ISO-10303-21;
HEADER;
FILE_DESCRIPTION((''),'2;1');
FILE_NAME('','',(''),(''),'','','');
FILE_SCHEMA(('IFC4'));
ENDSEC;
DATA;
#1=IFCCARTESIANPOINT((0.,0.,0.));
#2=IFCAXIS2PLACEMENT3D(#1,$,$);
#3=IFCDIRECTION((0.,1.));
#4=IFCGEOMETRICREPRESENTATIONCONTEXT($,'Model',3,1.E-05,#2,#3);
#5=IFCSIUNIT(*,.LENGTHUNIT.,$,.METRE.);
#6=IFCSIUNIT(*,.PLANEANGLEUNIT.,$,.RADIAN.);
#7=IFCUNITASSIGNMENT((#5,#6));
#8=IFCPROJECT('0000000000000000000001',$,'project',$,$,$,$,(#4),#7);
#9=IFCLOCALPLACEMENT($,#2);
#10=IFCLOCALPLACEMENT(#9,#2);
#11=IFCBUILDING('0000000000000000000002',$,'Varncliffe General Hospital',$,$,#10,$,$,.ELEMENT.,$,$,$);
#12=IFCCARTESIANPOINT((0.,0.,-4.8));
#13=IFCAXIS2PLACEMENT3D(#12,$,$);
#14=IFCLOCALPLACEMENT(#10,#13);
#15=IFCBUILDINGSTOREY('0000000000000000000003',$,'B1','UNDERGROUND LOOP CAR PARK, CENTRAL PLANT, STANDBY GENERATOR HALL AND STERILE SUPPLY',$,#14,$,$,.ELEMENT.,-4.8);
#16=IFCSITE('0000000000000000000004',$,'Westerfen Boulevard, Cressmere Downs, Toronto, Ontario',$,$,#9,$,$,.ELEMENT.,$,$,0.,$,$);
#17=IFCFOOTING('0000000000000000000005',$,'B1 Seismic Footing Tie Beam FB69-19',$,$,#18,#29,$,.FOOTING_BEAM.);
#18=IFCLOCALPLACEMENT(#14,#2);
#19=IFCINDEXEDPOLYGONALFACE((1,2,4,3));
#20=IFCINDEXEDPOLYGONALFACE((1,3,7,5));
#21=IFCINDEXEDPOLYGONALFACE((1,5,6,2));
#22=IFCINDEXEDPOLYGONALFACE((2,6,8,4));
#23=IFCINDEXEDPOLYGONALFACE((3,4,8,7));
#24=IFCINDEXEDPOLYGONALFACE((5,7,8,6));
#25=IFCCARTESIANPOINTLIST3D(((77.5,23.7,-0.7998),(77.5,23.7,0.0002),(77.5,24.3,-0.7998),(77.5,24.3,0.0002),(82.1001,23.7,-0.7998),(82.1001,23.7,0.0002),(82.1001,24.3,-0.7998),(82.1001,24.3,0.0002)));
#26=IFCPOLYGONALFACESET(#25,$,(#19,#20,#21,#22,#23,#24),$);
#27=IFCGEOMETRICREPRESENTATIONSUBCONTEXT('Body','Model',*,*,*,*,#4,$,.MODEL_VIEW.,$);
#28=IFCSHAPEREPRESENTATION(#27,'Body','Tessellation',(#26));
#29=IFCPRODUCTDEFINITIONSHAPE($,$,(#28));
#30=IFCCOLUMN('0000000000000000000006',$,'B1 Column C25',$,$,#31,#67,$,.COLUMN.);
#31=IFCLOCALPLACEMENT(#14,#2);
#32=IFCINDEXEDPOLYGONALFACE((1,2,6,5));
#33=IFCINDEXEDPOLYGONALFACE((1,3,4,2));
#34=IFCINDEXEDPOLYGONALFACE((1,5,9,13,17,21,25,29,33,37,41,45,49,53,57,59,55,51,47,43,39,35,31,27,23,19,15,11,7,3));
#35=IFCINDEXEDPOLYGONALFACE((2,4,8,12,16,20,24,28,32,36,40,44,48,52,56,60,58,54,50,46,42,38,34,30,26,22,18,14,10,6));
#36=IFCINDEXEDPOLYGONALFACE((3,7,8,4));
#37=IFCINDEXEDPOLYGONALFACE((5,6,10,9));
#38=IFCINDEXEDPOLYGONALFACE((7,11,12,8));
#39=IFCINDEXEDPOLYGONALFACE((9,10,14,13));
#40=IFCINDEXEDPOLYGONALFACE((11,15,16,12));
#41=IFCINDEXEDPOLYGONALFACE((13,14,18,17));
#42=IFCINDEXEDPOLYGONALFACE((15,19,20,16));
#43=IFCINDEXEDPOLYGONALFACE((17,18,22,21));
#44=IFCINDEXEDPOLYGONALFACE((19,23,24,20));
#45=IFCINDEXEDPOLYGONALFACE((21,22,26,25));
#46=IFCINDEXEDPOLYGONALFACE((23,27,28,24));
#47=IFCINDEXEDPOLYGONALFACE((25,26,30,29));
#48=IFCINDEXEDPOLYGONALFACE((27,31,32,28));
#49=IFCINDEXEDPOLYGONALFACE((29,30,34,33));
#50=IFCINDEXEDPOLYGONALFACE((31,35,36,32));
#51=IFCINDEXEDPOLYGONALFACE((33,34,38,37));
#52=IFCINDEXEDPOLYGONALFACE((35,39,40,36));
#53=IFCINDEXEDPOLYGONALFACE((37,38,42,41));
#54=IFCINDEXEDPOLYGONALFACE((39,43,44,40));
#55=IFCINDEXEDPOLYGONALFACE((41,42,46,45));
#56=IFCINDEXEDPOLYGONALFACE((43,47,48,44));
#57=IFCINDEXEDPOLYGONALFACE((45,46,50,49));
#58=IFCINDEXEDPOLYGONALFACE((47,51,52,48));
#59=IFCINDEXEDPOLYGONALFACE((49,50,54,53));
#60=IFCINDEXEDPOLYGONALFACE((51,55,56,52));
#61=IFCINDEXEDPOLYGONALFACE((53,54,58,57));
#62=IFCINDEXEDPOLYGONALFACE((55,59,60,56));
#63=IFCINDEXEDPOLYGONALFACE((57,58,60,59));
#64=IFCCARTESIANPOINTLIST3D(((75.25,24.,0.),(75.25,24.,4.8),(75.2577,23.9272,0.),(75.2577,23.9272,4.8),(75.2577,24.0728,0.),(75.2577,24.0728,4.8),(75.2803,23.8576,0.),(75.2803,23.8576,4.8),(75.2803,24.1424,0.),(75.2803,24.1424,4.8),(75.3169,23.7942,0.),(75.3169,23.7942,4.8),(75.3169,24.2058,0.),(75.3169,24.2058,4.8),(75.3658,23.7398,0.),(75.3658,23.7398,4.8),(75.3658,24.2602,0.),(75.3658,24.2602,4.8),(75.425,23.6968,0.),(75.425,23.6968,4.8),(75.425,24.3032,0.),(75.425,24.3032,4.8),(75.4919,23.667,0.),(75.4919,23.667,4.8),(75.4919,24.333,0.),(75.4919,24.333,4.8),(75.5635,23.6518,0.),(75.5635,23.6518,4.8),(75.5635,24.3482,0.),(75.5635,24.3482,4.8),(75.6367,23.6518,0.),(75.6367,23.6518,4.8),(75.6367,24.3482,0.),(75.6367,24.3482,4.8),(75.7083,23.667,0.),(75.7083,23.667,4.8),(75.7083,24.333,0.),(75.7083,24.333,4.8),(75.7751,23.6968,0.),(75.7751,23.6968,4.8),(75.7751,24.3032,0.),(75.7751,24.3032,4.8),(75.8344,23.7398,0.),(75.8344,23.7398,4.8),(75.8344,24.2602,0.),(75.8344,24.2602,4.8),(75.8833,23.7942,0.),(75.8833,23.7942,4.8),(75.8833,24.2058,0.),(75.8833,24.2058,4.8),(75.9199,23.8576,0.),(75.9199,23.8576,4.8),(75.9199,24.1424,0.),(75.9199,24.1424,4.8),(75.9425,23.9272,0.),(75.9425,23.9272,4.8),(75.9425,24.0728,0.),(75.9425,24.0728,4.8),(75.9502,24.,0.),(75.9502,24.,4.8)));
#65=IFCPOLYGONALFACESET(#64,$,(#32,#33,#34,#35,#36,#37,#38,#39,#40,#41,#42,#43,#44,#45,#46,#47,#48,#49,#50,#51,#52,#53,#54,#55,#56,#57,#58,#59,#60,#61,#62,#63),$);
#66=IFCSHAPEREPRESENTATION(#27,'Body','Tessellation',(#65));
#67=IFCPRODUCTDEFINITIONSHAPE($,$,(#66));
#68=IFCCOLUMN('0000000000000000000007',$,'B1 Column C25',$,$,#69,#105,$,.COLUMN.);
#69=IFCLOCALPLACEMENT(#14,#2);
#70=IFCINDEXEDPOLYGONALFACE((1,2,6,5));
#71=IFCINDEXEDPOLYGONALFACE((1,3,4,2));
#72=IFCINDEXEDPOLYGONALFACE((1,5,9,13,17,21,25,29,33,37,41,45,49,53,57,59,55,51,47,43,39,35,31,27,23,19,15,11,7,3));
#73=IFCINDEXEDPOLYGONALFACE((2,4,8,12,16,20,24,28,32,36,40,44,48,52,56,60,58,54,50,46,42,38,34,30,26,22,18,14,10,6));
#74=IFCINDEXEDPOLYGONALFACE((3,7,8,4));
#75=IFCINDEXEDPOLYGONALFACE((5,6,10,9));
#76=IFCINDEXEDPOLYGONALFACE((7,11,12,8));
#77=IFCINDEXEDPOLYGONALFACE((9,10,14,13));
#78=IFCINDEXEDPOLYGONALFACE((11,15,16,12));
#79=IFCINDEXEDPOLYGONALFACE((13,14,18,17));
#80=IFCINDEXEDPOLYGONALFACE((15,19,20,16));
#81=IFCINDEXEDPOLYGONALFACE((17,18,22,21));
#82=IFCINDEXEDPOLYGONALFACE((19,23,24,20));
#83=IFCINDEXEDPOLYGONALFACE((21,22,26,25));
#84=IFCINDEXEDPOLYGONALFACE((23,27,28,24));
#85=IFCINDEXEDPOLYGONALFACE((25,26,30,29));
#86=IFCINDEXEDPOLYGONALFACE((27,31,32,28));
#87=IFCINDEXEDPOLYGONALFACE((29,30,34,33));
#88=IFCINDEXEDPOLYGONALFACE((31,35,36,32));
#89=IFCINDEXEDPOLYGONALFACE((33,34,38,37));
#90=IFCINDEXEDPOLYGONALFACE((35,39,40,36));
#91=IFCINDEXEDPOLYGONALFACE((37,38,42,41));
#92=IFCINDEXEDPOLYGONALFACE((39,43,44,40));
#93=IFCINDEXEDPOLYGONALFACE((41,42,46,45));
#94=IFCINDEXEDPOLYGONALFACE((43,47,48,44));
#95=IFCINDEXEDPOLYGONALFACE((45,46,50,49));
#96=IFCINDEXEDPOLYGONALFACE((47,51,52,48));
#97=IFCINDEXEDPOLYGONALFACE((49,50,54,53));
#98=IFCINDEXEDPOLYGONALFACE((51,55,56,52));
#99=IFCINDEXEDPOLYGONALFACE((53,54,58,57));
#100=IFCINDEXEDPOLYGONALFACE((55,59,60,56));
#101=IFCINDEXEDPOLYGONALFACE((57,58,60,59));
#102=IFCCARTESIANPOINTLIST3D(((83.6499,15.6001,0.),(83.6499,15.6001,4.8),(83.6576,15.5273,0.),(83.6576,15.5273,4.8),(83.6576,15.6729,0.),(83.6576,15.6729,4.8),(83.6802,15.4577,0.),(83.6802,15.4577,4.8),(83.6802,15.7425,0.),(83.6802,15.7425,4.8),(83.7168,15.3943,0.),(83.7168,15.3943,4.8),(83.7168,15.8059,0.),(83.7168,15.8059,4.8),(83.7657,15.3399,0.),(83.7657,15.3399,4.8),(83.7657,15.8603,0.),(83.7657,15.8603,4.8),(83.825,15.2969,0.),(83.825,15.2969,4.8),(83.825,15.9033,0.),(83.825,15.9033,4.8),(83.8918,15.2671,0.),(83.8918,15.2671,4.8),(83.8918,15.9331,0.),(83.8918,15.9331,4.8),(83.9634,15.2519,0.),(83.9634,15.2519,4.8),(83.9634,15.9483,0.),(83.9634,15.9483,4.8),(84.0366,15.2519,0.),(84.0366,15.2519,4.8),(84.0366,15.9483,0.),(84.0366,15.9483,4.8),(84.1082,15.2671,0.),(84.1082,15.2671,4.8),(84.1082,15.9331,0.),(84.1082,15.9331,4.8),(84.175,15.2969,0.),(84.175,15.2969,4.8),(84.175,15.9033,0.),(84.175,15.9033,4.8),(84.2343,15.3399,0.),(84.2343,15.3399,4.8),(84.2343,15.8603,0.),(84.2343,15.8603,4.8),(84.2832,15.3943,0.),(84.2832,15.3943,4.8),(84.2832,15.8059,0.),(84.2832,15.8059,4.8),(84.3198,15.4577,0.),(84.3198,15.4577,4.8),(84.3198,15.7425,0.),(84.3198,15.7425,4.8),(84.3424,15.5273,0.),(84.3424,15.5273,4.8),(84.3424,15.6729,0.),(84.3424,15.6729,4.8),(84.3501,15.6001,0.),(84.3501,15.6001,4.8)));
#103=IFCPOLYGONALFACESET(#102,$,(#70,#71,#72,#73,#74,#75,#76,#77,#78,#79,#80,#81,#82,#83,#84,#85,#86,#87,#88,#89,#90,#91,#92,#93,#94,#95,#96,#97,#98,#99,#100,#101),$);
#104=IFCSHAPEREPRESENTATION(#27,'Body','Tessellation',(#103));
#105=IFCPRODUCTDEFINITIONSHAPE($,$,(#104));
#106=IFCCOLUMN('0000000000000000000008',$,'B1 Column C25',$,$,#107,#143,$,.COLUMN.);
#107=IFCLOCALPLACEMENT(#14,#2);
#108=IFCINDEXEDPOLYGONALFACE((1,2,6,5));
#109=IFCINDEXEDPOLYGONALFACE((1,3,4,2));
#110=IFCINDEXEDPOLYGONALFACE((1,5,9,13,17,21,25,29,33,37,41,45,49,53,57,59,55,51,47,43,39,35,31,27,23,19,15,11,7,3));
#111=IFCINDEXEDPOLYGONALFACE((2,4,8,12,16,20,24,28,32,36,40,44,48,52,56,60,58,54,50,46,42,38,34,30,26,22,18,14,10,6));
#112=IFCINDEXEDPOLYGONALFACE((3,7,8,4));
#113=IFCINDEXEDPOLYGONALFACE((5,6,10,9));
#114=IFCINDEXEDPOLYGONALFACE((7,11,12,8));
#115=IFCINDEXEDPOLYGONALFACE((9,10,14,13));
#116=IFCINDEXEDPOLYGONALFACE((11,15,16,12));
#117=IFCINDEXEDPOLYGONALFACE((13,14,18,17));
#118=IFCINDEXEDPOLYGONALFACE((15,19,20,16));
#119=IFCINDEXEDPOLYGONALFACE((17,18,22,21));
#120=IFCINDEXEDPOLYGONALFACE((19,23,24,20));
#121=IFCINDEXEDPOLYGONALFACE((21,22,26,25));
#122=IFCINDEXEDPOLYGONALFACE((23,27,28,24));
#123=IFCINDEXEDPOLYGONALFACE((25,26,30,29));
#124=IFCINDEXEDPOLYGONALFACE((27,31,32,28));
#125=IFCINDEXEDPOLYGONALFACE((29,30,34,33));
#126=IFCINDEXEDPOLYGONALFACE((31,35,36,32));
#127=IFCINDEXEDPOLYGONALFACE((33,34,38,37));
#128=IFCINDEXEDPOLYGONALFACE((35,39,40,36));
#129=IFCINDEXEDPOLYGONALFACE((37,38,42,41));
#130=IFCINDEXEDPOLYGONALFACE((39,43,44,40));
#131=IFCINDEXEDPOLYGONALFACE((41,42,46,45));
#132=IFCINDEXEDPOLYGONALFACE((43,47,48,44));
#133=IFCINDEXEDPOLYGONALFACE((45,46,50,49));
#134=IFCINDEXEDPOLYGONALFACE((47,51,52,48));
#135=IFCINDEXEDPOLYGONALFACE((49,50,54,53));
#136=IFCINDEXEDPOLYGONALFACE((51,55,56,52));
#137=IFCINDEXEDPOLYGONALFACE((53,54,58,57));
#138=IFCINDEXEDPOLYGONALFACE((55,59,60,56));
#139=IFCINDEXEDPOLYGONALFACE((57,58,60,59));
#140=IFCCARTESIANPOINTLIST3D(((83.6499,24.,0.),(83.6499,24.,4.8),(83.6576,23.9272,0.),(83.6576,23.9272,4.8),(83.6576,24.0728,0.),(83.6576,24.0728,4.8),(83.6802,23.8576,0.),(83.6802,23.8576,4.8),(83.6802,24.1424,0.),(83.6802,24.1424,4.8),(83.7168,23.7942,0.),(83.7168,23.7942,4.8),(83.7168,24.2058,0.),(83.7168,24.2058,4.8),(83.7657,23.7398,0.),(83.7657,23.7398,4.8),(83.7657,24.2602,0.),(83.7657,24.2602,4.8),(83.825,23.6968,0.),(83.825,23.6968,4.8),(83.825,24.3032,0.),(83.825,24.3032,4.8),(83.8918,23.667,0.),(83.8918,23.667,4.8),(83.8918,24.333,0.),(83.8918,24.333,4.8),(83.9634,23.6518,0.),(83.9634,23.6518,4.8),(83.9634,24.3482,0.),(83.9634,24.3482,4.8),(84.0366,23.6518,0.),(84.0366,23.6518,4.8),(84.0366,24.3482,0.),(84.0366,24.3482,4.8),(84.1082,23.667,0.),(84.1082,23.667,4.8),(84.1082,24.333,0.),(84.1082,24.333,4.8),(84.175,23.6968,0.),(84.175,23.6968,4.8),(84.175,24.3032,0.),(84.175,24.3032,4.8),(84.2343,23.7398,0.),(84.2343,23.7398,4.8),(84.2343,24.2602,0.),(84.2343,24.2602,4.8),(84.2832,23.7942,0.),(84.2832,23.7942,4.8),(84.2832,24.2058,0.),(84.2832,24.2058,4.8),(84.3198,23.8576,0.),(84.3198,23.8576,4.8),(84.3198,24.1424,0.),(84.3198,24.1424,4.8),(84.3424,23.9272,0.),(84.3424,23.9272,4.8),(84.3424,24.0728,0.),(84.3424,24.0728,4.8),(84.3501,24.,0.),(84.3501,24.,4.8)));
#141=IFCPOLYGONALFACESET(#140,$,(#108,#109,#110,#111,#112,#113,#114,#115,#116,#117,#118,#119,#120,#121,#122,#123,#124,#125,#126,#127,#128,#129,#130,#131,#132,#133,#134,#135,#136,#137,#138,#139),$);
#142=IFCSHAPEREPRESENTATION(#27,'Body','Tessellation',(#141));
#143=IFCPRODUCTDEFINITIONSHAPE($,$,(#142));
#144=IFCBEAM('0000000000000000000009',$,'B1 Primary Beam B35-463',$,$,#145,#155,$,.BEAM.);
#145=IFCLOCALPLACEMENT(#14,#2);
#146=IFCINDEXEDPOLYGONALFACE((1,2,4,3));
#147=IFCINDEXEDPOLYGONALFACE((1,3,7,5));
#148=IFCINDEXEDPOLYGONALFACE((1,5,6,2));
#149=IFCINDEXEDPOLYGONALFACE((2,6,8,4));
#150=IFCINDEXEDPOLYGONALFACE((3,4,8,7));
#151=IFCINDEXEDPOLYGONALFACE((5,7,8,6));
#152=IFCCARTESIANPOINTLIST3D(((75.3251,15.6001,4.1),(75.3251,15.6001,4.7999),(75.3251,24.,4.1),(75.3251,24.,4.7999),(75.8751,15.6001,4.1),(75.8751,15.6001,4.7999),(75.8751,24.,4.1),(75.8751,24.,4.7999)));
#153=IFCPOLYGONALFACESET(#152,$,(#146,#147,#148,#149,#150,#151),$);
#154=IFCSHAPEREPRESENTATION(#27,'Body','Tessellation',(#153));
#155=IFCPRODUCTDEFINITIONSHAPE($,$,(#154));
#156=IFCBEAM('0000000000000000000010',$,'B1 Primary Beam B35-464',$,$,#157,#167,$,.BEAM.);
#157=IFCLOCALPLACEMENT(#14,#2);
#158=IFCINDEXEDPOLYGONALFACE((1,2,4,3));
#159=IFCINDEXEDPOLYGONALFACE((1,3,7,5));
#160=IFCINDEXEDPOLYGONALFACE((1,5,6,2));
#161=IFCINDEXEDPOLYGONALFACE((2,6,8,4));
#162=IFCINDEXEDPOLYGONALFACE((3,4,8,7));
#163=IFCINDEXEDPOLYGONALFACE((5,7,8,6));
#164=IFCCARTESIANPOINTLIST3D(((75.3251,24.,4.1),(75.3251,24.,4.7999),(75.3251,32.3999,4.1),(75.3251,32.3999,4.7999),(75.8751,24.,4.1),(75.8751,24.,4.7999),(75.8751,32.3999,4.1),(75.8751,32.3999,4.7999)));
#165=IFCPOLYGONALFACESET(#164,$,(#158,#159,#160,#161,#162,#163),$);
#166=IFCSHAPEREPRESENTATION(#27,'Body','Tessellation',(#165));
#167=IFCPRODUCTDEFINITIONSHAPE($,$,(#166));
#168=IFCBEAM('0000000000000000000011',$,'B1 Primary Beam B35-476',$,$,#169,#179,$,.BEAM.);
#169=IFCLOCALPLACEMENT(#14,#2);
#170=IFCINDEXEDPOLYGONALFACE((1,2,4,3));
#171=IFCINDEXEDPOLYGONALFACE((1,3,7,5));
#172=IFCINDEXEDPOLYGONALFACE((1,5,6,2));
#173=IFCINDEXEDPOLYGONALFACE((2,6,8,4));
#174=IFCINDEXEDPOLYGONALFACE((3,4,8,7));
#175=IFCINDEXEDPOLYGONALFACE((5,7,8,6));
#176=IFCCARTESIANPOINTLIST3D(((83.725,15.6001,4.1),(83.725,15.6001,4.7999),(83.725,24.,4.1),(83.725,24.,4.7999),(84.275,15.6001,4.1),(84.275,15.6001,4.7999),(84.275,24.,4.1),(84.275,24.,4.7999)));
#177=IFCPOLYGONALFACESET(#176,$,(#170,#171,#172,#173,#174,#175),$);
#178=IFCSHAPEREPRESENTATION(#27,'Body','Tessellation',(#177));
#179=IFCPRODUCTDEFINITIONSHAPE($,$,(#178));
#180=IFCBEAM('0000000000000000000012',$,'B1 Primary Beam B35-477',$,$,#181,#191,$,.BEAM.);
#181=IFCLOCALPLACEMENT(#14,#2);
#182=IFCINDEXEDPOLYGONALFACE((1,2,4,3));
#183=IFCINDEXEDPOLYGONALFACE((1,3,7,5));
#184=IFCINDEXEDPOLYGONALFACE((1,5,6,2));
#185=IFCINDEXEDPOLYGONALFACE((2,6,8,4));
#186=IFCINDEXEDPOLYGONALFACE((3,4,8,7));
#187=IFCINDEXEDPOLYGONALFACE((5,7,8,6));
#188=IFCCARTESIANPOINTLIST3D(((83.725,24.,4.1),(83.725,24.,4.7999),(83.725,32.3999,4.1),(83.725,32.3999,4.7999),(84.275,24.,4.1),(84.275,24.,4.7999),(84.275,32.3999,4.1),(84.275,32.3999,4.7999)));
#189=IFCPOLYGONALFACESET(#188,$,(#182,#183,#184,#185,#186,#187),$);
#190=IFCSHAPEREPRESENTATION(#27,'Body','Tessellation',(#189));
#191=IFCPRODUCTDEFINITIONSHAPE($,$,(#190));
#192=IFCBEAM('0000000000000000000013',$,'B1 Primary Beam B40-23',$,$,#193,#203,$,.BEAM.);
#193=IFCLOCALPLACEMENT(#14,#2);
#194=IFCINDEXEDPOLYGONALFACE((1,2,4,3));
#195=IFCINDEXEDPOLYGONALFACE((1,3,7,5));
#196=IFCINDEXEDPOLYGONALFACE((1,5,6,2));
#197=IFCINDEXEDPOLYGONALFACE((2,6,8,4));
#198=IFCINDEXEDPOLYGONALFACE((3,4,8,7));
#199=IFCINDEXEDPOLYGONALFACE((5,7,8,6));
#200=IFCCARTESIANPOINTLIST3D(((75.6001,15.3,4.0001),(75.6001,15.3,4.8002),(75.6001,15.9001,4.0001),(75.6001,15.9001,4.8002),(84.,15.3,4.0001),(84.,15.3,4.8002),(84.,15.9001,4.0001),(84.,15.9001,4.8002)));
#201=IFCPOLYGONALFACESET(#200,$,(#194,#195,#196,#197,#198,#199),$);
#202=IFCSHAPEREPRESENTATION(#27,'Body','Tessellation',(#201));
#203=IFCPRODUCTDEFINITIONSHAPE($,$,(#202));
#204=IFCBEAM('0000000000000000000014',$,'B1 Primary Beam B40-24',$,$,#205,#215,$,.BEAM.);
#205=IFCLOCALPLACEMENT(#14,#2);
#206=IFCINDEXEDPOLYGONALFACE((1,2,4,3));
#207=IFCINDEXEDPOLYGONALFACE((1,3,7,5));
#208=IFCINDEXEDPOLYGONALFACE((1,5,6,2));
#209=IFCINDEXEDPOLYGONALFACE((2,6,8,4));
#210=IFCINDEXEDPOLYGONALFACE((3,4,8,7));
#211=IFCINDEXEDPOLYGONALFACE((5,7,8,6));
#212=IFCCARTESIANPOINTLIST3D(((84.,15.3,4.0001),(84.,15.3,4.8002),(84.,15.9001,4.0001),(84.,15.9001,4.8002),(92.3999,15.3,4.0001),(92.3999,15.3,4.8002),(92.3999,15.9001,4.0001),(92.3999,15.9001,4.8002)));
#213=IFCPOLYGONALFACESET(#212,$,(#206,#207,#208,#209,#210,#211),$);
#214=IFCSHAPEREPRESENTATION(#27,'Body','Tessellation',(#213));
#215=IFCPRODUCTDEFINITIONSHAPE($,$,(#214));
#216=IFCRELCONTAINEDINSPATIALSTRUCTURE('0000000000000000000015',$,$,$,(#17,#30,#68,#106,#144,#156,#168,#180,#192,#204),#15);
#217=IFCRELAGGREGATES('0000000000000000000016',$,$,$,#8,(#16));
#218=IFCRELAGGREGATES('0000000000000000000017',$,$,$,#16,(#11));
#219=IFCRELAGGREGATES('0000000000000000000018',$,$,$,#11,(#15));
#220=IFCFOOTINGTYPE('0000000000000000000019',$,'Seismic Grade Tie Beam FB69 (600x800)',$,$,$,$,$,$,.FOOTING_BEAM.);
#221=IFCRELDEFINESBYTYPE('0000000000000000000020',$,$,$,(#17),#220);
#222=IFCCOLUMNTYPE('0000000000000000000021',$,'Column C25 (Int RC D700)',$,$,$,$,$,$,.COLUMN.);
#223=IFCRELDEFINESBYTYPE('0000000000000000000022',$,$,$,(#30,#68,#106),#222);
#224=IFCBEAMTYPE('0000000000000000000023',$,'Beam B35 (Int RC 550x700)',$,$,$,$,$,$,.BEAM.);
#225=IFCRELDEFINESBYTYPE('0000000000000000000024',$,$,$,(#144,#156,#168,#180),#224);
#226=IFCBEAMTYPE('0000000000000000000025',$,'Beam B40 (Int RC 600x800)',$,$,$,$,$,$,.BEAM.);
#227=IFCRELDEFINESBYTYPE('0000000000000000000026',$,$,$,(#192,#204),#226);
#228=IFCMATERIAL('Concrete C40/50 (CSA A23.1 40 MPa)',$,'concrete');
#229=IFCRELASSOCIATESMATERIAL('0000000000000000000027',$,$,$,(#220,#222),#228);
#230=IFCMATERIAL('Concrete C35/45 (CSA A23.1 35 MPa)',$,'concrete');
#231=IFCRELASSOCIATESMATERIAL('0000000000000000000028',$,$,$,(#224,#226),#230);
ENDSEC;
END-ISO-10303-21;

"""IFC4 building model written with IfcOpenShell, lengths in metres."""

from ifc_helpers import new_model, si_unit, direction, frame, origin, origin_2d, place, context, subcontext, project, spatial, rectangle, circle, extrude, material, material_profile, profile_set, type_object, element, save


model = new_model("IFC4")

# Units and contexts
model_context = context("Model", 3, precision=1e-05, world=origin(), true_north=direction((0.0, 1.0)))
body_context = subcontext(model_context, "Body", "Model", "MODEL_VIEW")
ifc_project = project(units=[si_unit("LENGTHUNIT", "METRE"), si_unit("PLANEANGLEUNIT", "RADIAN")], contexts=[model_context])

# Site, building, storey
site_placement = place(None, origin())
site = spatial("IfcSite", under=ifc_project, at=site_placement, Name="Westerfen Boulevard, Cressmere Downs, Toronto, Ontario", CompositionType="ELEMENT", RefElevation=0.0)
building_placement = place(site_placement, origin())
building = spatial("IfcBuilding", under=site, at=building_placement, Name="Varncliffe General Hospital", CompositionType="ELEMENT")
storey_placement = place(building_placement, frame((0.0, 0.0, -4.8)))
storey = spatial("IfcBuildingStorey", under=building, at=storey_placement, Name="B1", Description="UNDERGROUND LOOP CAR PARK, CENTRAL PLANT, STANDBY GENERATOR HALL AND STERILE SUPPLY", CompositionType="ELEMENT", Elevation=-4.8)

# Shared definitions
ifc_material_1 = material(Name="Concrete C40/50 (CSA A23.1 40 MPa)", Category="concrete")

# Footing
footing_type_1 = type_object("IfcFootingType", Name="Seismic Grade Tie Beam FB69 (600x800)", PredefinedType="FOOTING_BEAM", material=ifc_material_1)
footing_placement = place(storey_placement, frame((79.8, 24.0, -0.7998), z_axis=(0.0, 0.0, 1.0), x_axis=(1.0, 0.0, 0.0)))
element("IfcFooting", 1, at=footing_placement, inside=storey, type_object=footing_type_1, Name="B1 Seismic Footing Tie Beam FB69-19", PredefinedType="FOOTING_BEAM", context=body_context, shape_type="SweptSolid", body=[
    extrude(rectangle(XDim=4.6001, YDim=0.6001, at=origin_2d()), origin(), (0.0, 0.0, 1.0), 0.8),
])

# Columns
ifc_material_profile_1 = material_profile(ifc_material_1, circle(Radius=0.3501, at=origin_2d()), Name="RC D700")
ifc_profile_set_1 = profile_set([ifc_material_profile_1], Name="Concrete C40/50 (CSA A23.1 40 MPa)")
column_type = type_object("IfcColumnType", Name="Column C25 (Int RC D700)", PredefinedType="COLUMN", material=ifc_profile_set_1)
for number, where, z_axis, x_axis, name in (
    (2, (75.6001, 24.0, 0.0), (0.0, 0.0, 1.0), (1.0, 0.0, 0.0), "B1 Column C25"),
    (3, (84.0, 15.6001, 0.0), (0.0, 0.0, 1.0), (1.0, 0.0, 0.0), "B1 Column C25"),
    (4, (84.0, 24.0, 0.0), (0.0, 0.0, 1.0), (1.0, 0.0, 0.0), "B1 Column C25"),
):
    element("IfcColumn", number, at=place(storey_placement, frame(where, z_axis=z_axis, x_axis=x_axis)), inside=storey, type_object=column_type, Name=name, PredefinedType="COLUMN", context=body_context, shape_type="SweptSolid", body=[
        extrude(circle(Radius=0.3501, at=origin_2d()), origin(), (0.0, 0.0, 1.0), 4.8),
    ])

# Beams
ifc_material_2 = material(Name="Concrete C35/45 (CSA A23.1 35 MPa)", Category="concrete")
ifc_material_profile_2 = material_profile(ifc_material_2, rectangle(XDim=0.55, YDim=0.7, at=origin_2d()), Name="RC 550x700")
ifc_profile_set_2 = profile_set([ifc_material_profile_2], Name="Concrete C35/45 (CSA A23.1 35 MPa)")
beam_type_1 = type_object("IfcBeamType", Name="Beam B35 (Int RC 550x700)", PredefinedType="BEAM", material=ifc_profile_set_2)
for number, where, z_axis, x_axis, name in (
    (5, (75.6001, 15.6001, 4.45), (0.0, 1.0, 0.0), (-1.0, 0.0, 0.0), "B1 Primary Beam B35-463"),
    (6, (75.6001, 24.0, 4.45), (0.0, 1.0, 0.0), (-1.0, 0.0, 0.0), "B1 Primary Beam B35-464"),
    (7, (84.0, 15.6001, 4.45), (0.0, 1.0, 0.0), (-1.0, 0.0, 0.0), "B1 Primary Beam B35-476"),
    (8, (84.0, 24.0, 4.45), (0.0, 1.0, 0.0), (-1.0, 0.0, 0.0), "B1 Primary Beam B35-477"),
):
    element("IfcBeam", number, at=place(storey_placement, frame(where, z_axis=z_axis, x_axis=x_axis)), inside=storey, type_object=beam_type_1, Name=name, PredefinedType="BEAM", context=body_context, shape_type="SweptSolid", body=[
        extrude(rectangle(XDim=0.55, YDim=0.7, at=origin_2d()), origin(), (0.0, 0.0, 1.0), 8.3999),
    ])
ifc_material_profile_3 = material_profile(ifc_material_2, rectangle(XDim=0.6001, YDim=0.8, at=origin_2d()), Name="RC 600x800")
ifc_profile_set_3 = profile_set([ifc_material_profile_3], Name="Concrete C35/45 (CSA A23.1 35 MPa)")
beam_type_2 = type_object("IfcBeamType", Name="Beam B40 (Int RC 600x800)", PredefinedType="BEAM", material=ifc_profile_set_3)
for number, where, z_axis, x_axis, name in (
    (9, (75.6001, 15.6001, 4.4001), (1.0, 0.0, 0.0), (0.0, 1.0, 0.0), "B1 Primary Beam B40-23"),
    (10, (84.0, 15.6001, 4.4001), (1.0, 0.0, 0.0), (0.0, 1.0, 0.0), "B1 Primary Beam B40-24"),
):
    element("IfcBeam", number, at=place(storey_placement, frame(where, z_axis=z_axis, x_axis=x_axis)), inside=storey, type_object=beam_type_2, Name=name, PredefinedType="BEAM", context=body_context, shape_type="SweptSolid", body=[
        extrude(rectangle(XDim=0.6001, YDim=0.8, at=origin_2d()), origin(), (0.0, 0.0, 1.0), 8.3999),
    ])

save(model, "model.ifc")
